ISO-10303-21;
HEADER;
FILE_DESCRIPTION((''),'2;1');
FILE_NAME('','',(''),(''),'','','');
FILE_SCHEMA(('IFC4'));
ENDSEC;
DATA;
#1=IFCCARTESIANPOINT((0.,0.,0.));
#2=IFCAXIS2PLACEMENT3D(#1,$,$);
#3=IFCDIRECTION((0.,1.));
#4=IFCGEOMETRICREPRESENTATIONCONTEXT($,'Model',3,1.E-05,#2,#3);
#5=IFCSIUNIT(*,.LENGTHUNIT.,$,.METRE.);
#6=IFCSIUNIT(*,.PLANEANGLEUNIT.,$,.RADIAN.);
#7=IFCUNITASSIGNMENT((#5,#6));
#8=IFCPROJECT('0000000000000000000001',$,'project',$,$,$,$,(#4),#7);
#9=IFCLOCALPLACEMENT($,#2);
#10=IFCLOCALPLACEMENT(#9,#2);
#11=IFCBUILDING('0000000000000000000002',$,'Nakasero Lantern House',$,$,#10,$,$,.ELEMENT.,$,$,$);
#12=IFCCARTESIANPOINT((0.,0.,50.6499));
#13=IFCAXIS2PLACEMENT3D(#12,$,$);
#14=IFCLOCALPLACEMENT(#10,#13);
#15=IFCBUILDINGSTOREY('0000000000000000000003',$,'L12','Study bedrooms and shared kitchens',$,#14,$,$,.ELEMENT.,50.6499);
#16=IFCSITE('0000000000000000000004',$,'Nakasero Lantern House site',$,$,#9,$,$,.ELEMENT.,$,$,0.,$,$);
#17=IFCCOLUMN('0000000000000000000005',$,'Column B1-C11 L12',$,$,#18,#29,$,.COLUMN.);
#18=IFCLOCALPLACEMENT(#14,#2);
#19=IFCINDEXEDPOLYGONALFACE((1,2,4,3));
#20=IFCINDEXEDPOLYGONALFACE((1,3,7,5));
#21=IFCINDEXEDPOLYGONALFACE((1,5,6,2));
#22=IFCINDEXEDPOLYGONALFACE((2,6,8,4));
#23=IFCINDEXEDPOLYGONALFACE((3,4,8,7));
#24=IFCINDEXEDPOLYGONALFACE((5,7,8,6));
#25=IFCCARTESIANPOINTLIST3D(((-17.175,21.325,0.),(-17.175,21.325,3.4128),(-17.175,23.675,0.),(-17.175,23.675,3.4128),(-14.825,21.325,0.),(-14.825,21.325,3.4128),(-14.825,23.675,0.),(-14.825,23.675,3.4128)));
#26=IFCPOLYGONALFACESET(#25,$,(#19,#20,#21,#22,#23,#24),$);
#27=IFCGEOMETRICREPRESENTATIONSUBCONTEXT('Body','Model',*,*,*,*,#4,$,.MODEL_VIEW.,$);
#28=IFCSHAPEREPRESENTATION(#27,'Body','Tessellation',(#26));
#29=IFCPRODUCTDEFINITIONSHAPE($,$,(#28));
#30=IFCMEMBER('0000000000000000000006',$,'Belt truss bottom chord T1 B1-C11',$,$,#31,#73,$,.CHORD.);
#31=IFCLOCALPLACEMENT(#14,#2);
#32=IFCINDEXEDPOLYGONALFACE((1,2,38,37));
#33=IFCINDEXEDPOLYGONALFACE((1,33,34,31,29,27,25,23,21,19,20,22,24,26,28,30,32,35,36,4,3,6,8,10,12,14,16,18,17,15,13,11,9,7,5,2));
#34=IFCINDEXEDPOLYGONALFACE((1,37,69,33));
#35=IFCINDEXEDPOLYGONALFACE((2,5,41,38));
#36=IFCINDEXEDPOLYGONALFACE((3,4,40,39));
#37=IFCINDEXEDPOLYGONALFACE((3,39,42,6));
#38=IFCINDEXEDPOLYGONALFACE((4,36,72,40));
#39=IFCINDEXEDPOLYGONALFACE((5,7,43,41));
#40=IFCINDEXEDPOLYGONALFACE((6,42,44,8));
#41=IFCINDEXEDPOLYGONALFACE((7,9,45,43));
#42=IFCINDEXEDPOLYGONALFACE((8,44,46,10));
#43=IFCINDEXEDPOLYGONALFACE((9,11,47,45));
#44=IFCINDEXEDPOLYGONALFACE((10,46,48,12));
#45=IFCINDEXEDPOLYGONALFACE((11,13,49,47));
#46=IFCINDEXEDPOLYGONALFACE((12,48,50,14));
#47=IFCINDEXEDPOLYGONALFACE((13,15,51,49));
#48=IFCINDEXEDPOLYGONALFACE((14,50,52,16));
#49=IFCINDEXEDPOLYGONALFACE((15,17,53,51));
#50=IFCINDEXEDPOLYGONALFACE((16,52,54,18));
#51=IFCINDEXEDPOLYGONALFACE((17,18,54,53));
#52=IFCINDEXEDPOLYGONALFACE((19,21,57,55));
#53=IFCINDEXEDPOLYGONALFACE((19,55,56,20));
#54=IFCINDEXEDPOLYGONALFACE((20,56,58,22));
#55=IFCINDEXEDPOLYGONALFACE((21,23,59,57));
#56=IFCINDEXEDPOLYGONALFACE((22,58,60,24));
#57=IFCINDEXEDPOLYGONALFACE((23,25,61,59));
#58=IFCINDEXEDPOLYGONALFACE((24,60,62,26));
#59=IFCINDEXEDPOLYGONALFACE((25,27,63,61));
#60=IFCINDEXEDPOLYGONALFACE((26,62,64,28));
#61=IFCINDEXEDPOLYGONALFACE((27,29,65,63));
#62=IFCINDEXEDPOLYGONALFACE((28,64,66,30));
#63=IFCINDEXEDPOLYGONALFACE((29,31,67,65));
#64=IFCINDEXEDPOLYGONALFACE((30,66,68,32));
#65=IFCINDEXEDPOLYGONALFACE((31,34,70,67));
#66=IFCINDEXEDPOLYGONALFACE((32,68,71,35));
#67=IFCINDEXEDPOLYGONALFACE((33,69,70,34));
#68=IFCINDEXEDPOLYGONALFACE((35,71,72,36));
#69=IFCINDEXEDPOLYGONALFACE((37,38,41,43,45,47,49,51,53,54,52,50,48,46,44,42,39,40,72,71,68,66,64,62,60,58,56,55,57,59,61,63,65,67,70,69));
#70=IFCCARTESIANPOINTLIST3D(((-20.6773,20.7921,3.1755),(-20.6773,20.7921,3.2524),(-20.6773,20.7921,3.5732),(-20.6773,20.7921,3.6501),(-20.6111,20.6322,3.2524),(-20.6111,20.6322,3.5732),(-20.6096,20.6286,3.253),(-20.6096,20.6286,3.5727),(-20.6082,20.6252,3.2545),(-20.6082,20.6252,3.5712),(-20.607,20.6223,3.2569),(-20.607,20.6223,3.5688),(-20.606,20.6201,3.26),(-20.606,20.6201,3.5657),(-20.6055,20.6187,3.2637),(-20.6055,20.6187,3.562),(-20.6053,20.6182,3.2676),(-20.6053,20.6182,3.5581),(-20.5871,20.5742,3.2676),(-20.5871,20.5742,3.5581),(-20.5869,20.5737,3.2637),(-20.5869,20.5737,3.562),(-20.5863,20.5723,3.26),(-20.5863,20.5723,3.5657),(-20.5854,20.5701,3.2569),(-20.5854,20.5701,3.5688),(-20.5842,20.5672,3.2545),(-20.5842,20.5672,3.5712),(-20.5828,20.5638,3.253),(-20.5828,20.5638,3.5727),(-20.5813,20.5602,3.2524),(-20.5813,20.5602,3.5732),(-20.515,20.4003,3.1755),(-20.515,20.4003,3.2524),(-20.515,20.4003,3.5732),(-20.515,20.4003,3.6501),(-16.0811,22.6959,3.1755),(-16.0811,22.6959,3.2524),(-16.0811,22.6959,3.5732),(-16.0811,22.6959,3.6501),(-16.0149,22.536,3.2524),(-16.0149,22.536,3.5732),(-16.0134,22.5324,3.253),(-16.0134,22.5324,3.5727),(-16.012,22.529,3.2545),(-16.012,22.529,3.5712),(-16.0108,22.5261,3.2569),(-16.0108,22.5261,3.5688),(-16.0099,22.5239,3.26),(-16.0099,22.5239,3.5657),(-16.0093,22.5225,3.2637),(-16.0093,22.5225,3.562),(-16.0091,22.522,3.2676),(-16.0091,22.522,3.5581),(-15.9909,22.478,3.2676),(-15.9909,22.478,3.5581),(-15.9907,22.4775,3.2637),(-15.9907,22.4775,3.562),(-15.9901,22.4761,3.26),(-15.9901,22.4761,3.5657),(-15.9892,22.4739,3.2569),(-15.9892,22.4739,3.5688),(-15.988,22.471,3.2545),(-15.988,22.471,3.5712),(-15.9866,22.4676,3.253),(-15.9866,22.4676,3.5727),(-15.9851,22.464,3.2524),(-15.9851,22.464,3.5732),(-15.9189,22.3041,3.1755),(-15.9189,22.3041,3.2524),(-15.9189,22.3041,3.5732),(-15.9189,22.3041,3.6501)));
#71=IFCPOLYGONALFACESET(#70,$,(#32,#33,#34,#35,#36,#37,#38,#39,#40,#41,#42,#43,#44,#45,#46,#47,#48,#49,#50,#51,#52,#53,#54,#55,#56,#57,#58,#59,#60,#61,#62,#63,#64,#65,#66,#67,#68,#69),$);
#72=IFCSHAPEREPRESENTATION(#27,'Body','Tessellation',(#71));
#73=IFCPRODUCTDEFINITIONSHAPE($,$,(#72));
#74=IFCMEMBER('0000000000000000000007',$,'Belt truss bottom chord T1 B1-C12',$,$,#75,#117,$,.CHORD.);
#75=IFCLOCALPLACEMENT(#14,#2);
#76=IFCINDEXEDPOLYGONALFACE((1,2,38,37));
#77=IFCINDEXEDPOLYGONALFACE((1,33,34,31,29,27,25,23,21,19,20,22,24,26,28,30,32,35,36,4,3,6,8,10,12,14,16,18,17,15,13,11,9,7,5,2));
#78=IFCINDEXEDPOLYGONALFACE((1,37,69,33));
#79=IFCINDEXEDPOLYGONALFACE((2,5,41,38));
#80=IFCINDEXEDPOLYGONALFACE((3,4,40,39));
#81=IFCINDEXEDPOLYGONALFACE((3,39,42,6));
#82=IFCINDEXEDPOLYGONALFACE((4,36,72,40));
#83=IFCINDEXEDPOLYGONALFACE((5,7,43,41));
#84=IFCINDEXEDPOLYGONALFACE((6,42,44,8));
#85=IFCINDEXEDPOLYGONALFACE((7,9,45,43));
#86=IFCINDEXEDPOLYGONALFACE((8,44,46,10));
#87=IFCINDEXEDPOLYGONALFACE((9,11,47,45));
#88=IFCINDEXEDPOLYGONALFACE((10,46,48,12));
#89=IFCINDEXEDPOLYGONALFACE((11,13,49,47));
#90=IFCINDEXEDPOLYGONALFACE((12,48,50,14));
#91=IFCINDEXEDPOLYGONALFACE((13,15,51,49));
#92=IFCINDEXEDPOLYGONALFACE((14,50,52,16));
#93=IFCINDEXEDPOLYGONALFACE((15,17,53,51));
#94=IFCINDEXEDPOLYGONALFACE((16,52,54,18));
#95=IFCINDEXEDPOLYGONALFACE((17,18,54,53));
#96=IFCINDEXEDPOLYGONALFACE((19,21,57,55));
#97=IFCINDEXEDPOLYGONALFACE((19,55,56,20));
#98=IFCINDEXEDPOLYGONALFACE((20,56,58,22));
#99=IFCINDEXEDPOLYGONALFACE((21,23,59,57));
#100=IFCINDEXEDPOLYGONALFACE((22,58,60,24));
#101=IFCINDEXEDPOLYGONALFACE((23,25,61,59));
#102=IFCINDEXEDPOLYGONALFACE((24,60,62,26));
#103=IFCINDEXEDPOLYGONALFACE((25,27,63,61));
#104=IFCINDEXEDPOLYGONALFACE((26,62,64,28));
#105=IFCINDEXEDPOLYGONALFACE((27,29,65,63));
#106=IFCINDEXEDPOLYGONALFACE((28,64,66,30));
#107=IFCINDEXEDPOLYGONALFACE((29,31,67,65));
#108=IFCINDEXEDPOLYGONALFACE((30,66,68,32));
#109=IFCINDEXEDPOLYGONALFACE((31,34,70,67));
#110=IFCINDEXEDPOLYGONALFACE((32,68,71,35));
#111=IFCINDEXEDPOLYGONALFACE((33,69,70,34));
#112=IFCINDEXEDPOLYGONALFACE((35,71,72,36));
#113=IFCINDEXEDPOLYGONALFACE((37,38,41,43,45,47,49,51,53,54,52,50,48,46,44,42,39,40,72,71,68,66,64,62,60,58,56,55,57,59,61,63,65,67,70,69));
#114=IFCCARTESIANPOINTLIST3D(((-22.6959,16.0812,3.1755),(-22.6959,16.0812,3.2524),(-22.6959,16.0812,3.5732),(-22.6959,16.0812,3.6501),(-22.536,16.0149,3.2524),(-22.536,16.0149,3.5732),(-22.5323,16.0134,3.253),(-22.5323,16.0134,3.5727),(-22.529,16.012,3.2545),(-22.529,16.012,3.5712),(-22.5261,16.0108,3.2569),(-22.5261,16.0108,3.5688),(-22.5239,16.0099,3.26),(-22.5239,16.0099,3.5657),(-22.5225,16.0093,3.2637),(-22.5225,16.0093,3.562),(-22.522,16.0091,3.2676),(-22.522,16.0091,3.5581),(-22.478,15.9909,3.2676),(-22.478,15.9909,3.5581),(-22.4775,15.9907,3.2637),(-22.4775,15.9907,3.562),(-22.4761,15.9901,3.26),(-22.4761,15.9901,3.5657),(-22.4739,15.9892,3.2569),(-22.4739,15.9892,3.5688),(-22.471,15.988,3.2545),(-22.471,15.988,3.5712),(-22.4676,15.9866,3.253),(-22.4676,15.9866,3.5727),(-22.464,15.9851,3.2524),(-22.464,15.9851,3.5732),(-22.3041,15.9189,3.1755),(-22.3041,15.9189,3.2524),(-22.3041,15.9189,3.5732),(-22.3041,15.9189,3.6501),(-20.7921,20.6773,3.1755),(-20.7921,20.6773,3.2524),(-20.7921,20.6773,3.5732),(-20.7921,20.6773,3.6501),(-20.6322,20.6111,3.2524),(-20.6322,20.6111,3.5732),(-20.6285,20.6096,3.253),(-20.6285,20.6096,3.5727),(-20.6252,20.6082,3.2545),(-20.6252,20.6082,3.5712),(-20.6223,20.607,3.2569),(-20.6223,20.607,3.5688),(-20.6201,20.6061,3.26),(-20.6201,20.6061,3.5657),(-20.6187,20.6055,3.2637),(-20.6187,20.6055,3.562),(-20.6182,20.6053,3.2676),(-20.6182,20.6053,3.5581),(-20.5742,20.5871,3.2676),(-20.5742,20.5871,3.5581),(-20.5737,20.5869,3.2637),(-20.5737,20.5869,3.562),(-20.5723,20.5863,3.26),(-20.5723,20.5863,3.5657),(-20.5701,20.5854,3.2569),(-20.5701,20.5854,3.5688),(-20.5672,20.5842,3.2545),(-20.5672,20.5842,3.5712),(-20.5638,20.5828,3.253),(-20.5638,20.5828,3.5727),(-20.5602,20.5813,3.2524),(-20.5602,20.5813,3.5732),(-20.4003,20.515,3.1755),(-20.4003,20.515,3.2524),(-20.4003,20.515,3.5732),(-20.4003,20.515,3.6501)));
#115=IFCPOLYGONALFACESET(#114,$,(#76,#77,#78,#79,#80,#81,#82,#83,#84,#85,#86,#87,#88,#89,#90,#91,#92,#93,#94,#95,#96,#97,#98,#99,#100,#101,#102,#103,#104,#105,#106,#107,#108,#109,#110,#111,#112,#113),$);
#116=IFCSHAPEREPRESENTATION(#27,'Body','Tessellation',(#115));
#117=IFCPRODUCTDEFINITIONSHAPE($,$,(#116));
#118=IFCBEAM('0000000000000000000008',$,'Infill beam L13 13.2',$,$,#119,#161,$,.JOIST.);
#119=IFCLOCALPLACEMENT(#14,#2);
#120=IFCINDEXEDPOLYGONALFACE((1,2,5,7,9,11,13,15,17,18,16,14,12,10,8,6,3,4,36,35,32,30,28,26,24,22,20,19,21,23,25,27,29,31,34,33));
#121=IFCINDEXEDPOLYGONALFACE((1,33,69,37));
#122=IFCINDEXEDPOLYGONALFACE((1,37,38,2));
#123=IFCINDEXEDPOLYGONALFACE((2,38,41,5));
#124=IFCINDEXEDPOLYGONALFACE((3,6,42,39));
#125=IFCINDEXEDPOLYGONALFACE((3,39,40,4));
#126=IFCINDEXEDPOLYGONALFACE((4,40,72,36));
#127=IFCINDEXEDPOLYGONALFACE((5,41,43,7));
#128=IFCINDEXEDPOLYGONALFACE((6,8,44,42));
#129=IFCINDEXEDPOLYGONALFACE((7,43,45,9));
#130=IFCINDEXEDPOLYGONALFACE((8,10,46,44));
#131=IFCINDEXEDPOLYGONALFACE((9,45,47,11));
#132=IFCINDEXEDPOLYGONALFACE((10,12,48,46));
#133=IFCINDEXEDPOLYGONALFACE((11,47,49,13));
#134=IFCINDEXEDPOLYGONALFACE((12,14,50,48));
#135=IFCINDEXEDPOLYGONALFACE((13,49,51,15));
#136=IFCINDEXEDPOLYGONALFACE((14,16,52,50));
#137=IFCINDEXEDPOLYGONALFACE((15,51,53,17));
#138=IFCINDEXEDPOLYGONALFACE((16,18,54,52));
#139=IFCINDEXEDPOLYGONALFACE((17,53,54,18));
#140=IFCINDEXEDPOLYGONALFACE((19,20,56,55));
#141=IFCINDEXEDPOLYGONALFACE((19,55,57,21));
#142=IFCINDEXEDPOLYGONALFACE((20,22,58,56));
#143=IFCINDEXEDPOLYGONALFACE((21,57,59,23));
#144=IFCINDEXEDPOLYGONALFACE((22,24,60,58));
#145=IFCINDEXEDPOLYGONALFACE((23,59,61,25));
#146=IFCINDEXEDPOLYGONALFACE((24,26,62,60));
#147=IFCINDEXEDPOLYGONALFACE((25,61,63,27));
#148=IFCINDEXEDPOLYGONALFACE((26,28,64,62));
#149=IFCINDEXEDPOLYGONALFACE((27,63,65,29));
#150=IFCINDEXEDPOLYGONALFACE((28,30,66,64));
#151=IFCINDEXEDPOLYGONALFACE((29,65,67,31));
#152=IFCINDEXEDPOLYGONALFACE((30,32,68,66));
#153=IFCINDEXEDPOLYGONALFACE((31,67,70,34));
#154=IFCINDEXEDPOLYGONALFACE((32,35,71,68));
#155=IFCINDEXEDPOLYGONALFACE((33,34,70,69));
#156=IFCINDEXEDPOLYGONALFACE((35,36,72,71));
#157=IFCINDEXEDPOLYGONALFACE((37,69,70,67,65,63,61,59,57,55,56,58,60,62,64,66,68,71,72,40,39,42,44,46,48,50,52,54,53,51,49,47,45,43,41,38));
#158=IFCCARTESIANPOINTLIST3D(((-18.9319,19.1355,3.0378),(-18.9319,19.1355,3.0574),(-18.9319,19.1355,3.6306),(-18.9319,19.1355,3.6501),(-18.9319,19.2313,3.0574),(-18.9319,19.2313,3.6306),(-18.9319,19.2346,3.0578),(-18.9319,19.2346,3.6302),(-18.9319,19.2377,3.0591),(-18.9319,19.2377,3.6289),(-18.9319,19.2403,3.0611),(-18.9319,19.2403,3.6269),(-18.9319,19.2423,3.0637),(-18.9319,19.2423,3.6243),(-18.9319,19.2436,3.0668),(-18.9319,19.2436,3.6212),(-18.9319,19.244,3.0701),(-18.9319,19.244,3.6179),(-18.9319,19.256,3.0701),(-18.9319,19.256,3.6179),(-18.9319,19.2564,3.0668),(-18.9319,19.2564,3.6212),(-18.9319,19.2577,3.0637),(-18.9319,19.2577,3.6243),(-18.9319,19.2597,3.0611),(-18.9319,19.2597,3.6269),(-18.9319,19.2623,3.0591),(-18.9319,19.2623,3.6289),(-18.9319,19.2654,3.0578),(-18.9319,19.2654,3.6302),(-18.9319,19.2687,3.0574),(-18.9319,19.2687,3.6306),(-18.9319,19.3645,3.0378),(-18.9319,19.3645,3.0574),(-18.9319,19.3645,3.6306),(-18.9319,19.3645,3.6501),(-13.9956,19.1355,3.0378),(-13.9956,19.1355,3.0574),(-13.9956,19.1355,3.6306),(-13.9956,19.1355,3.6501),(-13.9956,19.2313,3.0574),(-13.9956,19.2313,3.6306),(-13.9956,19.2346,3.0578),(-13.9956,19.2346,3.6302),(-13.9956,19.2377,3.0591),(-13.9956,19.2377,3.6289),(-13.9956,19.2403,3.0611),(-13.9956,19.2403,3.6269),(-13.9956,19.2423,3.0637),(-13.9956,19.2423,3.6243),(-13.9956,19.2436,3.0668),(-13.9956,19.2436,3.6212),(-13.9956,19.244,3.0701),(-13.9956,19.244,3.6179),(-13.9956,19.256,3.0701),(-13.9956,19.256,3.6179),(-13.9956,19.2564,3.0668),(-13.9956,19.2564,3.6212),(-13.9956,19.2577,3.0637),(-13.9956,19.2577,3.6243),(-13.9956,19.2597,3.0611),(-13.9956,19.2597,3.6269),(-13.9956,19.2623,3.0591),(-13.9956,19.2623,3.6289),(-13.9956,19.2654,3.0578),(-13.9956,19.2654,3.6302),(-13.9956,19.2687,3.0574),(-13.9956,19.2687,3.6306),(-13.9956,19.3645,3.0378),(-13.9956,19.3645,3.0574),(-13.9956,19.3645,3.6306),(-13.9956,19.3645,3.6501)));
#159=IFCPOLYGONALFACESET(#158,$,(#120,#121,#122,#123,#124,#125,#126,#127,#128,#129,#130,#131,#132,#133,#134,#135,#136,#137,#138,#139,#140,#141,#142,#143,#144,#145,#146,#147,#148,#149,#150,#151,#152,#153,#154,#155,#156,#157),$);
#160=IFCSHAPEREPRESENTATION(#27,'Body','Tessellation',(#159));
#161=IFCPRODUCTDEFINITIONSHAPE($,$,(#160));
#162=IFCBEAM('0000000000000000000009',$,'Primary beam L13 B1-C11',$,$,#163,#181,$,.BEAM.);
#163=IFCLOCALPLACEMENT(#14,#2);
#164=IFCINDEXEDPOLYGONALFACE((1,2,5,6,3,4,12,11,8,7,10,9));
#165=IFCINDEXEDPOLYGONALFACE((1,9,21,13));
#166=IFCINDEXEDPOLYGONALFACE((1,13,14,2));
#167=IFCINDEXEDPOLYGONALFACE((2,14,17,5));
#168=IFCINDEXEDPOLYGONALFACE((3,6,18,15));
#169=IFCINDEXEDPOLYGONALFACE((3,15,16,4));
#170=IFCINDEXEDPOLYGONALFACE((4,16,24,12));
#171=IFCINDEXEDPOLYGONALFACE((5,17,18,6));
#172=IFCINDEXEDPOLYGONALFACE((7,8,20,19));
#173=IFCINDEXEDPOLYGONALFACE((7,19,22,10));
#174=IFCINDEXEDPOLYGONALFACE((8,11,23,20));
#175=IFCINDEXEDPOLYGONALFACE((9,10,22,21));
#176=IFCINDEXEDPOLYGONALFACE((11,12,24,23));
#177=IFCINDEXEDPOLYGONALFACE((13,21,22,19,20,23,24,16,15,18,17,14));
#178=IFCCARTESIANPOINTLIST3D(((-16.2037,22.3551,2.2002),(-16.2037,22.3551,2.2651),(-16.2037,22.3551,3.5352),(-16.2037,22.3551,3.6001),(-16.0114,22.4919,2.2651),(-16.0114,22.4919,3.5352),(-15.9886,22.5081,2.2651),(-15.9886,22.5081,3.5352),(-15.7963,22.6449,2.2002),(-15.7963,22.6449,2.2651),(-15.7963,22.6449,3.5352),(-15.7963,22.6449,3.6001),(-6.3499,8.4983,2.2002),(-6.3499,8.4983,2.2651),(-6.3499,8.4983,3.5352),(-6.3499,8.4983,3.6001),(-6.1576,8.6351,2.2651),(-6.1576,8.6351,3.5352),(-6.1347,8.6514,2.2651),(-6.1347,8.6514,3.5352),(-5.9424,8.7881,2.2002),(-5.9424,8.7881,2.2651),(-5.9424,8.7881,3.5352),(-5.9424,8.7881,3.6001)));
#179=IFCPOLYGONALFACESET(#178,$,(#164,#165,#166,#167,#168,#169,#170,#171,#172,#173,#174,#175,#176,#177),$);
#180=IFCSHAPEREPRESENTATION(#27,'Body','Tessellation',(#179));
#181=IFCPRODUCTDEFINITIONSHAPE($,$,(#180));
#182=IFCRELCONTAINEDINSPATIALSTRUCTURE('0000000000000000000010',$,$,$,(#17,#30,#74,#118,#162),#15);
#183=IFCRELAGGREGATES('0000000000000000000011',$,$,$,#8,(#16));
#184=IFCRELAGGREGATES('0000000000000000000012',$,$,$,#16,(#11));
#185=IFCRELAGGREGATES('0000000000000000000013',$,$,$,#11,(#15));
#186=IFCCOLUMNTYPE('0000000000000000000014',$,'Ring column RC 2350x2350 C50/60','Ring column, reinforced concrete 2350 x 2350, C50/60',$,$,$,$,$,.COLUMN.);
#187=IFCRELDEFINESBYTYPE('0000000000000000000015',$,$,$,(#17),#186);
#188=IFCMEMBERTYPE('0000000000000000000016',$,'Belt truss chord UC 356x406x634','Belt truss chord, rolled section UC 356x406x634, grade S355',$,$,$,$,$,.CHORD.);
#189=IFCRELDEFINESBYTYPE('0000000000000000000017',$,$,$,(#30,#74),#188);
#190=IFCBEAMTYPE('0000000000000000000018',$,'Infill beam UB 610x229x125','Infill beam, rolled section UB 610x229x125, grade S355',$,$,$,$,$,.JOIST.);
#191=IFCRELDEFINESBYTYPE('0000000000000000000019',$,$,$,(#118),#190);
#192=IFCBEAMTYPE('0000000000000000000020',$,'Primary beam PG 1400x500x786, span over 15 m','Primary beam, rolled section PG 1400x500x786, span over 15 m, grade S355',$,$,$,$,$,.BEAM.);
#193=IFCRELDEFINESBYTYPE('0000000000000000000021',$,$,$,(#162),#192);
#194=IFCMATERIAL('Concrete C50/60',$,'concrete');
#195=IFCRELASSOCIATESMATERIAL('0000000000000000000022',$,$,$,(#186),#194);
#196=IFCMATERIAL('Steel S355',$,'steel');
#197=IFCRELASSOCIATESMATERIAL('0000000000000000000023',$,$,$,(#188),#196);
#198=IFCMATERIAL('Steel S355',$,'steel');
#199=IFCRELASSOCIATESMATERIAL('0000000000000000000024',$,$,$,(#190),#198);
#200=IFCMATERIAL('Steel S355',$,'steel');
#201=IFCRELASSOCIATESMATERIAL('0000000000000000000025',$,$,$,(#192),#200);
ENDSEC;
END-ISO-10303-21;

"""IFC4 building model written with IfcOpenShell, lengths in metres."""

from ifc_helpers import new_model, si_unit, direction, frame, origin, origin_2d, place, context, subcontext, project, spatial, rectangle, i_section, extrude, material, material_profile, profile_set, type_object, element, save


model = new_model("IFC4")

# Units and contexts
model_context = context("Model", 3, precision=1e-05, world=origin(), true_north=direction((0.0, 1.0)))
body_context = subcontext(model_context, "Body", "Model", "MODEL_VIEW")
ifc_project = project(units=[si_unit("LENGTHUNIT", "METRE"), si_unit("PLANEANGLEUNIT", "RADIAN")], contexts=[model_context])

# Site, building, storey
site_placement = place(None, origin())
site = spatial("IfcSite", under=ifc_project, at=site_placement, Name="Nakasero Lantern House site", CompositionType="ELEMENT", RefElevation=0.0)
building_placement = place(site_placement, origin())
building = spatial("IfcBuilding", under=site, at=building_placement, Name="Nakasero Lantern House", CompositionType="ELEMENT")
storey_placement = place(building_placement, frame((0.0, 0.0, 50.6499)))
storey = spatial("IfcBuildingStorey", under=building, at=storey_placement, Name="L12", Description="Study bedrooms and shared kitchens", CompositionType="ELEMENT", Elevation=50.6499)

# Column
ifc_material_1 = material(Name="Concrete C50/60", Category="concrete")
ifc_material_profile_1 = material_profile(ifc_material_1, rectangle(XDim=2.3501, YDim=2.3501, at=origin_2d()), Name="RC 2350x2350")
ifc_profile_set_1 = profile_set([ifc_material_profile_1], Name="Concrete C50/60")
column_type = type_object("IfcColumnType", Name="Ring column RC 2350x2350 C50/60", Description="Ring column, reinforced concrete 2350 x 2350, C50/60", PredefinedType="COLUMN", material=ifc_profile_set_1)
column_placement = place(storey_placement, frame((-16.0, 22.5, 0.0), z_axis=(0.0, 0.0, 1.0), x_axis=(1.0, 0.0, 0.0)))
element("IfcColumn", 1, at=column_placement, inside=storey, type_object=column_type, Name="Column B1-C11 L12", PredefinedType="COLUMN", context=body_context, shape_type="SweptSolid", body=[
    extrude(rectangle(XDim=2.3501, YDim=2.3501, at=origin_2d()), origin(), (0.0, 0.0, 1.0), 3.4128),
])

# Members
ifc_material_2 = material(Name="Steel S355", Category="steel")
ifc_material_profile_2 = material_profile(ifc_material_2, i_section(OverallWidth=0.4241, OverallDepth=0.4746, WebThickness=0.0476, FlangeThickness=0.0769, FilletRadius=0.0151, at=origin_2d()), Name="UC 356x406x634")
ifc_profile_set_2 = profile_set([ifc_material_profile_2], Name="Steel S355")
member_type = type_object("IfcMemberType", Name="Belt truss chord UC 356x406x634", Description="Belt truss chord, rolled section UC 356x406x634, grade S355", PredefinedType="CHORD", material=ifc_profile_set_2)
for number, where, z_axis, x_axis, name in (
    (2, (-16.0, 22.5, 3.4128), (-0.923879, -0.382684, 0.0), (0.382684, -0.923879, 0.0), "Belt truss bottom chord T1 B1-C11"),
    (3, (-20.5962, 20.5962, 3.4128), (-0.382684, -0.923879, 0.0), (0.923879, -0.382684, 0.0), "Belt truss bottom chord T1 B1-C12"),
):
    element("IfcMember", number, at=place(storey_placement, frame(where, z_axis=z_axis, x_axis=x_axis)), inside=storey, type_object=member_type, Name=name, PredefinedType="CHORD", context=body_context, shape_type="SweptSolid", body=[
        extrude(i_section(OverallWidth=0.4241, OverallDepth=0.4746, WebThickness=0.0476, FlangeThickness=0.0769, FilletRadius=0.0151, at=origin_2d()), origin(), (0.0, 0.0, 1.0), 4.9749),
    ])

# Beams
ifc_material_3 = material(Name="Steel S355", Category="steel")
ifc_material_profile_3 = material_profile(ifc_material_3, i_section(OverallWidth=0.229, OverallDepth=0.6123, WebThickness=0.012, FlangeThickness=0.0195, FilletRadius=0.0127, at=origin_2d()), Name="UB 610x229x125")
ifc_profile_set_3 = profile_set([ifc_material_profile_3], Name="Steel S355")
beam_type_1 = type_object("IfcBeamType", Name="Infill beam UB 610x229x125", Description="Infill beam, rolled section UB 610x229x125, grade S355", PredefinedType="JOIST", material=ifc_profile_set_3)
beam_1_placement = place(storey_placement, frame((-18.9319, 19.25, 3.344), z_axis=(1.0, 0.0, 0.0), x_axis=(0.0, 1.0, 0.0)))
element("IfcBeam", 4, at=beam_1_placement, inside=storey, type_object=beam_type_1, Name="Infill beam L13 13.2", PredefinedType="JOIST", context=body_context, shape_type="SweptSolid", body=[
    extrude(i_section(OverallWidth=0.229, OverallDepth=0.6123, WebThickness=0.012, FlangeThickness=0.0195, FilletRadius=0.0127, at=origin_2d()), origin(), (0.0, 0.0, 1.0), 4.9363),
])
ifc_material_4 = material(Name="Steel S355", Category="steel")
ifc_material_profile_4 = material_profile(ifc_material_4, i_section(OverallWidth=0.5, OverallDepth=1.3999, WebThickness=0.0281, FlangeThickness=0.0649, at=origin_2d()), Name="PG 1400x500x786")
ifc_profile_set_4 = profile_set([ifc_material_profile_4], Name="Steel S355")
beam_type_2 = type_object("IfcBeamType", Name="Primary beam PG 1400x500x786, span over 15 m", Description="Primary beam, rolled section PG 1400x500x786, span over 15 m, grade S355", PredefinedType="BEAM", material=ifc_profile_set_4)
beam_2_placement = place(storey_placement, frame((-16.0, 22.5, 2.9001), z_axis=(0.579528, -0.814952, 0.0), x_axis=(0.814952, 0.579528, 0.0)))
element("IfcBeam", 5, at=beam_2_placement, inside=storey, type_object=beam_type_2, Name="Primary beam L13 B1-C11", PredefinedType="BEAM", context=body_context, shape_type="SweptSolid", body=[
    extrude(i_section(OverallWidth=0.5, OverallDepth=1.3999, WebThickness=0.0281, FlangeThickness=0.0649, at=origin_2d()), origin(), (0.0, 0.0, 1.0), 17.0032),
])

save(model, "model.ifc")
